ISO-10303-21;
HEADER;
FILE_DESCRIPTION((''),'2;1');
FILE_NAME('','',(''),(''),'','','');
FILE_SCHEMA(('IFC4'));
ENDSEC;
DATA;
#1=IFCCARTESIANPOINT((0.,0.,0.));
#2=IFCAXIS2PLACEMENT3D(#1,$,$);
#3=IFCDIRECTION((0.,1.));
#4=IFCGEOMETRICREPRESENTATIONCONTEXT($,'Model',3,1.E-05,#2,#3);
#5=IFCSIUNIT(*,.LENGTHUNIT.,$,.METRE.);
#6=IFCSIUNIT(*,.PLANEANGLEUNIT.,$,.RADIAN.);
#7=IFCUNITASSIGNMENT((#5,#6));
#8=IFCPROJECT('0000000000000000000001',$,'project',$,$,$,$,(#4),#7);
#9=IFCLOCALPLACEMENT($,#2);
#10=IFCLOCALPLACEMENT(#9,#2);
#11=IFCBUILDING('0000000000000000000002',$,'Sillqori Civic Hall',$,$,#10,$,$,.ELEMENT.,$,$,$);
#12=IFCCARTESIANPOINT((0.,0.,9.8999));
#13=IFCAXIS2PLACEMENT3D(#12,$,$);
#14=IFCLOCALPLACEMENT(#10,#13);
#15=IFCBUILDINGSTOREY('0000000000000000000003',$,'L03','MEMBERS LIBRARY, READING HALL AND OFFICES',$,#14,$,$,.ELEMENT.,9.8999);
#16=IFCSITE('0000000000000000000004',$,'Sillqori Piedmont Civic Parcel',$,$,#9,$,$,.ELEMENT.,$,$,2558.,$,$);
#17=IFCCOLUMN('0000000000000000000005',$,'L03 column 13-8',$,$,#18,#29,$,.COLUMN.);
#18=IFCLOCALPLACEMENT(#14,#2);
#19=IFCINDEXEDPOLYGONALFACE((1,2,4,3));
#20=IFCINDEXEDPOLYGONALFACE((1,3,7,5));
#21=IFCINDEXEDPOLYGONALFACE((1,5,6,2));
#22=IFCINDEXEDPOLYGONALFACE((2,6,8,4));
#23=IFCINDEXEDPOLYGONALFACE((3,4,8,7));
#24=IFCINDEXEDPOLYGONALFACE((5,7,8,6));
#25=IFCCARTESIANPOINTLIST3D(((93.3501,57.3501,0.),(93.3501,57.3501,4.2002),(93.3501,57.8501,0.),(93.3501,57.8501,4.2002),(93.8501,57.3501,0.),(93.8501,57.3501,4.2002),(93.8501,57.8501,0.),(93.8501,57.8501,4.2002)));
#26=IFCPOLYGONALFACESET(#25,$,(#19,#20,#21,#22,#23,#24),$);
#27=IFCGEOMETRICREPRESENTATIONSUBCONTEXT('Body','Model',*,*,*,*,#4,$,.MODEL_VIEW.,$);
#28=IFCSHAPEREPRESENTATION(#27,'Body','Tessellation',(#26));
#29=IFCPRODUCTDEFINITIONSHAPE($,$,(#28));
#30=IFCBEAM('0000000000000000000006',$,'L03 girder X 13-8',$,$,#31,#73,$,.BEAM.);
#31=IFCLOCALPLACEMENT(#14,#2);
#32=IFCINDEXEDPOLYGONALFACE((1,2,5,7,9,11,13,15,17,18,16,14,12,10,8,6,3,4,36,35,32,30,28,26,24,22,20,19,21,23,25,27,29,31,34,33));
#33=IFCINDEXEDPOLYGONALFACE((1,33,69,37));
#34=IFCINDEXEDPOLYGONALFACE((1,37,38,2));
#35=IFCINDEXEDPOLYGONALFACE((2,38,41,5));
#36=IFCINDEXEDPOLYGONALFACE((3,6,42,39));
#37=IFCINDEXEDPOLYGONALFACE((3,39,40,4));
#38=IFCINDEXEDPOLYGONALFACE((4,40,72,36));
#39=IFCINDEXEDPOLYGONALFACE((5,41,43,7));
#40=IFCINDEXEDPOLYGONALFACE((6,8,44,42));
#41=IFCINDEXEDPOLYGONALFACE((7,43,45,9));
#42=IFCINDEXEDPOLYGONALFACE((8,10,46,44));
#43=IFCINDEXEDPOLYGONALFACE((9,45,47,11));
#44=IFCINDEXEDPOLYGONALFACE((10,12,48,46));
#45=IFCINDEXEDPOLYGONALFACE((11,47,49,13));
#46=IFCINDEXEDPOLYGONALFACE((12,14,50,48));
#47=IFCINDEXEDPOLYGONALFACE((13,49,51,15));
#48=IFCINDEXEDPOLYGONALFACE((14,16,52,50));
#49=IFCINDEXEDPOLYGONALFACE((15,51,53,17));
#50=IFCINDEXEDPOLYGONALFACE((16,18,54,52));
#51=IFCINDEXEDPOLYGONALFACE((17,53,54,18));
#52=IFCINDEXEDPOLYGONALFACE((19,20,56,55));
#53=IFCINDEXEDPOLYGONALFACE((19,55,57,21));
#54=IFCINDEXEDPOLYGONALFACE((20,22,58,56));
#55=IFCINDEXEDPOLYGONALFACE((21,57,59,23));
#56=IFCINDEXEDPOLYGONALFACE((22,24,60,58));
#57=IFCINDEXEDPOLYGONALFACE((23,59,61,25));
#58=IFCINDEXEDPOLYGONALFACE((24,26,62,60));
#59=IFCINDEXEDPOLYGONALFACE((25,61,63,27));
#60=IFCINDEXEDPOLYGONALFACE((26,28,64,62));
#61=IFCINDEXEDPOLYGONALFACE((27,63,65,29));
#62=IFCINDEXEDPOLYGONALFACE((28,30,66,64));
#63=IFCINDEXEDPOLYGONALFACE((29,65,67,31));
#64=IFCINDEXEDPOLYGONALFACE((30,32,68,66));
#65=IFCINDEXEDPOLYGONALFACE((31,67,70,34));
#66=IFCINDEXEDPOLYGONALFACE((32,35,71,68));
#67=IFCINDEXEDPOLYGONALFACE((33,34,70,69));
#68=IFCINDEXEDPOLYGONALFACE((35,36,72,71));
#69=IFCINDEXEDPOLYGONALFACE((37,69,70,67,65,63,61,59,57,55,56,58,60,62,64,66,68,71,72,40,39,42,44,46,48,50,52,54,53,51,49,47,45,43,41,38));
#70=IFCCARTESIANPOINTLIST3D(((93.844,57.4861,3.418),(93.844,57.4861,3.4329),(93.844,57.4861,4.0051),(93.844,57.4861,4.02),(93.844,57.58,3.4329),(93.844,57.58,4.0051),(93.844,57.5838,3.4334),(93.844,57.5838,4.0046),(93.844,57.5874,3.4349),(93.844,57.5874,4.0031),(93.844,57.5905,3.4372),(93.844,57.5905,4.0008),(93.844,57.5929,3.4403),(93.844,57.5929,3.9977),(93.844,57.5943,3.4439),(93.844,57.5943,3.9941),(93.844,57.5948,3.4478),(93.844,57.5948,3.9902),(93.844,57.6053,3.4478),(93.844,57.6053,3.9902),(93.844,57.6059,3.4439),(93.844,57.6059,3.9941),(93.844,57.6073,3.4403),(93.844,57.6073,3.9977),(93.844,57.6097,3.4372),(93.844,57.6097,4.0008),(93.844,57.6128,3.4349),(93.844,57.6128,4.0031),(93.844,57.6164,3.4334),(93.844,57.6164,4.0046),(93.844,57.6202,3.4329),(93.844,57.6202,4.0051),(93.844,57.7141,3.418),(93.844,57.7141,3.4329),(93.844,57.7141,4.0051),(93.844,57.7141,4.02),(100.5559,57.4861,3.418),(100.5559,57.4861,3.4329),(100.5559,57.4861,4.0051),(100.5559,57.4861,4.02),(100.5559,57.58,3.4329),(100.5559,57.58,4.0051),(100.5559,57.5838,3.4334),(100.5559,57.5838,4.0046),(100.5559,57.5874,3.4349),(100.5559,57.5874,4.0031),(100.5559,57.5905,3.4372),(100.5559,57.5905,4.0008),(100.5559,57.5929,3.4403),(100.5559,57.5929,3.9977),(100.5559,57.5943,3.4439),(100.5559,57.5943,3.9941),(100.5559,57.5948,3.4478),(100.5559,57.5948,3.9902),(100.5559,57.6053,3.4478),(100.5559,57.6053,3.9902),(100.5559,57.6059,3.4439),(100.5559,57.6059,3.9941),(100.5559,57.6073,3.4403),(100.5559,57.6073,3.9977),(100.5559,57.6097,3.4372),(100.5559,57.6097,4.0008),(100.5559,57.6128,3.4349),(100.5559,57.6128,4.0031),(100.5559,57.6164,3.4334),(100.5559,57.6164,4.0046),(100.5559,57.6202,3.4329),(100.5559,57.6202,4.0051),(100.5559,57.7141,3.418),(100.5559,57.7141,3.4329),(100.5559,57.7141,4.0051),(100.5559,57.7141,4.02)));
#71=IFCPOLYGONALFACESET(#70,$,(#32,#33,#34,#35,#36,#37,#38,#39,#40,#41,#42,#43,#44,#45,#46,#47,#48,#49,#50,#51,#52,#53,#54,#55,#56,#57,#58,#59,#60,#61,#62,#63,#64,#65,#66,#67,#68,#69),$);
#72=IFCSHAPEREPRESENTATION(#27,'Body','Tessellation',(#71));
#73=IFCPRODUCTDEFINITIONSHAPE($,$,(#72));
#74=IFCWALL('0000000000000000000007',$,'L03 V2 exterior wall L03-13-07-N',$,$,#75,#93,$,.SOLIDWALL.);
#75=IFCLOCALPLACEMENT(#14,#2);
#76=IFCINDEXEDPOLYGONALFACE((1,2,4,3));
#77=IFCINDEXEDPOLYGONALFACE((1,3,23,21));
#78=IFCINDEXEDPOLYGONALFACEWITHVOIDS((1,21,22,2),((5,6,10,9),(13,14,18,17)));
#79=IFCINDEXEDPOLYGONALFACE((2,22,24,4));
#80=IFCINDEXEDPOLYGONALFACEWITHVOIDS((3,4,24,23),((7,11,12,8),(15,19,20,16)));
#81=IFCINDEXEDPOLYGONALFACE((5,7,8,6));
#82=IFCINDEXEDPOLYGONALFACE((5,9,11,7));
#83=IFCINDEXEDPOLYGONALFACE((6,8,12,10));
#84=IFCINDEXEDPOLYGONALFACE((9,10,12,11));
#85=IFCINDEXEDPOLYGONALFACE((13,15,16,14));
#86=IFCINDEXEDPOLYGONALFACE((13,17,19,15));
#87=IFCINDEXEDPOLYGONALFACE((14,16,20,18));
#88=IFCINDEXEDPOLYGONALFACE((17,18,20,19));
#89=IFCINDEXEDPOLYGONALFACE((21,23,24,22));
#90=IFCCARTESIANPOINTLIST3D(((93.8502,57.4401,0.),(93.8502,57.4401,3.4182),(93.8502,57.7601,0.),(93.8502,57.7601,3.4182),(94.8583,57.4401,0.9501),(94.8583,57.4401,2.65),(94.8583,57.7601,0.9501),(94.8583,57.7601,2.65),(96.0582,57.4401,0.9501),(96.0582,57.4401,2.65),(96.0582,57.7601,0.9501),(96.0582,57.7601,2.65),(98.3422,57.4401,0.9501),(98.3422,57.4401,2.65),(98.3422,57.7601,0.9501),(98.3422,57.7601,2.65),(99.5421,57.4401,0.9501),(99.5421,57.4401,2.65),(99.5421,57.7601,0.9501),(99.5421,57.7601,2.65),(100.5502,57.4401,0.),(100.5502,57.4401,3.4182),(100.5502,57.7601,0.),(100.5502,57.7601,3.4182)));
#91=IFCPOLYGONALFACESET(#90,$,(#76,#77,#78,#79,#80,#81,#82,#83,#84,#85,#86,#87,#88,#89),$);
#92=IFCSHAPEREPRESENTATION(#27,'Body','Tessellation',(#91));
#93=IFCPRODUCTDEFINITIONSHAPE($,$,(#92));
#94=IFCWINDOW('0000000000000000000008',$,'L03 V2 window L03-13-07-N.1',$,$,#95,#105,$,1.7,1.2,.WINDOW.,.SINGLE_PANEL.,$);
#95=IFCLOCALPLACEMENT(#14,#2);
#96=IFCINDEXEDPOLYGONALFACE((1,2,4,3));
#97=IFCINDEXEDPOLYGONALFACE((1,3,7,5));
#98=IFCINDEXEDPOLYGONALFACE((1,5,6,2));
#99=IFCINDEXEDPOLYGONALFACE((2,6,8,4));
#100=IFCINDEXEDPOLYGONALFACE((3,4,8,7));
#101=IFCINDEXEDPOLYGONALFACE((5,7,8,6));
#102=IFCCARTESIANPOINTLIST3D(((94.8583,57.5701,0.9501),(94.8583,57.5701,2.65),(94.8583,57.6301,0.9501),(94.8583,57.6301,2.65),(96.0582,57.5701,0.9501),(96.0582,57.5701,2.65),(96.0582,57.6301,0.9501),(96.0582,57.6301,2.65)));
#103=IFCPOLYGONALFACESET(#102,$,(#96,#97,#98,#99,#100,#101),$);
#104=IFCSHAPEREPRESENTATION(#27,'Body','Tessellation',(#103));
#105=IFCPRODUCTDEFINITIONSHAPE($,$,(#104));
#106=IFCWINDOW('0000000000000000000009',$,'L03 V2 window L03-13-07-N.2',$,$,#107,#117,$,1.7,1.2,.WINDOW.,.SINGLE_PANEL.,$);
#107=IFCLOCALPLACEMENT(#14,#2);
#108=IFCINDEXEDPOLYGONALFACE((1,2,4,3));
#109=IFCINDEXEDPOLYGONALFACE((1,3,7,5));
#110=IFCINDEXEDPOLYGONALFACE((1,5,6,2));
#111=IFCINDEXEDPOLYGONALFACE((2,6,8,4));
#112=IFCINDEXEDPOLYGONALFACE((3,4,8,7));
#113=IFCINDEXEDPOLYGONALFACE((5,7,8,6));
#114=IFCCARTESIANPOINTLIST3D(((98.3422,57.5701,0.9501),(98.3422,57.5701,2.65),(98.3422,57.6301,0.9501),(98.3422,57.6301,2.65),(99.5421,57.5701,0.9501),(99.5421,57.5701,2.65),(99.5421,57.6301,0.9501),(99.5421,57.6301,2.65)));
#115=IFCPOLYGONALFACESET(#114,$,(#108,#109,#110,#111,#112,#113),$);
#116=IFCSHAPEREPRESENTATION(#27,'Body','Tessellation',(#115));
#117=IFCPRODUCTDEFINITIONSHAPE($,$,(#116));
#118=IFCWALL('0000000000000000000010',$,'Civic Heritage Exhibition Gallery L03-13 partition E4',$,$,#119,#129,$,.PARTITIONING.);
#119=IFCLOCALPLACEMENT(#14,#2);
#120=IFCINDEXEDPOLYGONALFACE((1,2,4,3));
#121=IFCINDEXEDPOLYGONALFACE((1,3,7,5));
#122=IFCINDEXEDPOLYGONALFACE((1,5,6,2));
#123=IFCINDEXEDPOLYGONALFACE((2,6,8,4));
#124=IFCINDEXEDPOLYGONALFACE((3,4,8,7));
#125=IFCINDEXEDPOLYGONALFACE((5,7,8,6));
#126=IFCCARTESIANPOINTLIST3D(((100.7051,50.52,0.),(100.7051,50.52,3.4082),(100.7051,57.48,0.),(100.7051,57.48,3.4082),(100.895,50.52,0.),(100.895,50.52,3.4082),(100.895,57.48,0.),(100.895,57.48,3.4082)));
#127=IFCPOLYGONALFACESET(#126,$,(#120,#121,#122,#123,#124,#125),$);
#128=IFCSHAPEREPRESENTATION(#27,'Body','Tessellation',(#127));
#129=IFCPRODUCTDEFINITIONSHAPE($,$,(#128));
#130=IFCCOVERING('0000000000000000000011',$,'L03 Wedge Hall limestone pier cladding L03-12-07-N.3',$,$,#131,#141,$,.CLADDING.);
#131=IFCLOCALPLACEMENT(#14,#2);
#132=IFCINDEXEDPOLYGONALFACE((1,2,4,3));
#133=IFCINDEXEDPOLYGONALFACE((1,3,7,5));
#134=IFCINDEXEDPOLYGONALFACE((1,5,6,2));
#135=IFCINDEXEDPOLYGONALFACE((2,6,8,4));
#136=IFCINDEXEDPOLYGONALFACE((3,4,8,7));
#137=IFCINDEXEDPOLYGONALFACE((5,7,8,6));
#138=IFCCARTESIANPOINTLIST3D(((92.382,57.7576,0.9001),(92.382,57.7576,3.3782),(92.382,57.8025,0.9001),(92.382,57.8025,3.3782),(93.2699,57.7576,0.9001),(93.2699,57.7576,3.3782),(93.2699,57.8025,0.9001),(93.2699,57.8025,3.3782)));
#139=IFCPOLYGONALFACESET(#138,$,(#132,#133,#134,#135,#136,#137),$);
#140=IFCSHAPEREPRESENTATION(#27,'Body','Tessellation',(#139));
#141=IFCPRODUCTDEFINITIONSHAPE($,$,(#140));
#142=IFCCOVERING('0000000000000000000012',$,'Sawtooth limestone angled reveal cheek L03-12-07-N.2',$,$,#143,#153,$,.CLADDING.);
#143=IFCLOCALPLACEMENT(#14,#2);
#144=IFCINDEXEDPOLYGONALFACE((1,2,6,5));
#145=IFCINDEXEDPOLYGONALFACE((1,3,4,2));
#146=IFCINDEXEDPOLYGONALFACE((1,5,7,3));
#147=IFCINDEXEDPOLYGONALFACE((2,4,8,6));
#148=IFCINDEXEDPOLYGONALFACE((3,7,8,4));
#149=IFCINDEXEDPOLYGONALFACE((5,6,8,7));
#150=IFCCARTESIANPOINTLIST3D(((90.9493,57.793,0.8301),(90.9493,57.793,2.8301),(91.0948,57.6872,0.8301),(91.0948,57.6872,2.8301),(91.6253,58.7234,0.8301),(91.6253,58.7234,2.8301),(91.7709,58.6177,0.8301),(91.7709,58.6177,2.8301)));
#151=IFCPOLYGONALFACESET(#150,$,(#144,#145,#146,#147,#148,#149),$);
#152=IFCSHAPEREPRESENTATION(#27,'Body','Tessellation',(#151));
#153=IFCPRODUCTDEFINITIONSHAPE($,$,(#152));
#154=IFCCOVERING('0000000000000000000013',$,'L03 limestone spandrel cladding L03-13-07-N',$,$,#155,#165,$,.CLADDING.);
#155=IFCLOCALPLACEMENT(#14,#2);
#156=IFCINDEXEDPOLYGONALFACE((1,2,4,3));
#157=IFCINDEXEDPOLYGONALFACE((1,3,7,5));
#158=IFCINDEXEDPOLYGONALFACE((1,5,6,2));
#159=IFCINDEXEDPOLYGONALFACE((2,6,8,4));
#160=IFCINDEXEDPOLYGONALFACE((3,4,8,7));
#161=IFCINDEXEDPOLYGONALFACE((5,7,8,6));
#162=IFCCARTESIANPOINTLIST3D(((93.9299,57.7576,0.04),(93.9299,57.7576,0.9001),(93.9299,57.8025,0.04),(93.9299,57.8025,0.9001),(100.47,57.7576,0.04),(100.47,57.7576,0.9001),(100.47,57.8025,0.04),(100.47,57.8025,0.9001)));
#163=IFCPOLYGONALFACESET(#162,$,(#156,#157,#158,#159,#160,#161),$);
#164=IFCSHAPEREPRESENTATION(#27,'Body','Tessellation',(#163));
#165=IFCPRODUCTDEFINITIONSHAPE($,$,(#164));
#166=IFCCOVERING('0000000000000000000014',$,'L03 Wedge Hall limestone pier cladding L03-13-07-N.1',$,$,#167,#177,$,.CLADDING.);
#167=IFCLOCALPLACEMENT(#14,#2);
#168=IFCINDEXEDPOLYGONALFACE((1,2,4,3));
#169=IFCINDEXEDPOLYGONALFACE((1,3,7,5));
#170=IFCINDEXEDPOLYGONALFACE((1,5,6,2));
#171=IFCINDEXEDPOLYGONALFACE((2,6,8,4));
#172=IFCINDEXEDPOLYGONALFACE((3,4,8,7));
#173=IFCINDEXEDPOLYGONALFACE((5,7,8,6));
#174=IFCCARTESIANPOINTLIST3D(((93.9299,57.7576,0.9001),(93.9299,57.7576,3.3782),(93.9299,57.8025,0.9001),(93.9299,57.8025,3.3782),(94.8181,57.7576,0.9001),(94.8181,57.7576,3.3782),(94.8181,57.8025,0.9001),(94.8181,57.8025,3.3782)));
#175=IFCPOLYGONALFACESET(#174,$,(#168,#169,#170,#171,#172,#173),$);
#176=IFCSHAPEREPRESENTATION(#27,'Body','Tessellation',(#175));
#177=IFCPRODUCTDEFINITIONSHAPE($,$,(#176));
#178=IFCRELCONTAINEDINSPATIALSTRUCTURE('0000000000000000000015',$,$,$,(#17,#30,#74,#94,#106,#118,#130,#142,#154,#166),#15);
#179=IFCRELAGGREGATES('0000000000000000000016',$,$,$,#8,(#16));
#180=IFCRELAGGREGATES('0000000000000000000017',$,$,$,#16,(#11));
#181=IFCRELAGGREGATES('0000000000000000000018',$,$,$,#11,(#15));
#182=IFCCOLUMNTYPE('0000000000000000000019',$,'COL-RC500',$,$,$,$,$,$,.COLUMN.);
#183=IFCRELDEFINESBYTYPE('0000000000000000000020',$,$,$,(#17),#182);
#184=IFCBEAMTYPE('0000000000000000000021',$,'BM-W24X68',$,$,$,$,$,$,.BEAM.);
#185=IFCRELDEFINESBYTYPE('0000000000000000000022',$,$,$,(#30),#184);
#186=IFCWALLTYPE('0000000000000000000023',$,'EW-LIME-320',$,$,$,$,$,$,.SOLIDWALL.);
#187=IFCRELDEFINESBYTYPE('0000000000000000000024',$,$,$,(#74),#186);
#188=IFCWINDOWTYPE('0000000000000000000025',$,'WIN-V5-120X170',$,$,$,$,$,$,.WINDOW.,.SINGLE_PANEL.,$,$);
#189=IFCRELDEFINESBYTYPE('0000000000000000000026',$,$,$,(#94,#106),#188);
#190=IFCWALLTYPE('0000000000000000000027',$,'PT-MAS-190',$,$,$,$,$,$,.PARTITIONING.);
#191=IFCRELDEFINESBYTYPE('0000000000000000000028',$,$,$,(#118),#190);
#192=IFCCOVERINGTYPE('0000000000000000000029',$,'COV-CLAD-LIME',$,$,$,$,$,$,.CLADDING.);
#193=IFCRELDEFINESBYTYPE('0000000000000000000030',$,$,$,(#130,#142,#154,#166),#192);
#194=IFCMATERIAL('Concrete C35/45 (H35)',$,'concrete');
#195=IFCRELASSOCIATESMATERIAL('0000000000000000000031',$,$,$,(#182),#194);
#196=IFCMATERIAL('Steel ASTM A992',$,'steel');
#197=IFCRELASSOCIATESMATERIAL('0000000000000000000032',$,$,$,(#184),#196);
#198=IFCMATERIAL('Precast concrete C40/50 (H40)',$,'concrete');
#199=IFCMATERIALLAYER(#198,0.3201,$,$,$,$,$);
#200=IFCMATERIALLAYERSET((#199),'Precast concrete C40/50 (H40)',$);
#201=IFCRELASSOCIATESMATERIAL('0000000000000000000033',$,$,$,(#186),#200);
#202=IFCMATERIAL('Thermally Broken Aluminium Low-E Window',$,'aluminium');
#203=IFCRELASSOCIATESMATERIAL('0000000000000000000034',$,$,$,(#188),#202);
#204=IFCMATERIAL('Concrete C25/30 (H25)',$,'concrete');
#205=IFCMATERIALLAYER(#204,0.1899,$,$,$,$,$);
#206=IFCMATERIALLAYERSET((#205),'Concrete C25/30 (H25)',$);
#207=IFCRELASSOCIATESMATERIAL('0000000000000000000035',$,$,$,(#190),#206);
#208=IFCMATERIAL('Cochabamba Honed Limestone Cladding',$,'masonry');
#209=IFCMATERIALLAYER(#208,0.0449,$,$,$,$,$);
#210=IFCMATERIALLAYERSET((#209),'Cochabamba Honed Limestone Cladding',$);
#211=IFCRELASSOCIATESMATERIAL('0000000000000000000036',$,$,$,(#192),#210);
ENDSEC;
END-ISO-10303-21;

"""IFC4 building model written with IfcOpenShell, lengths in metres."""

from ifc_helpers import new_model, si_unit, direction, frame, frame_2d, origin, origin_2d, place, context, subcontext, project, spatial, rectangle, i_section, extrude, material, layer, layer_set, material_profile, profile_set, type_object, element, fill, save


model = new_model("IFC4")

# Units and contexts
model_context = context("Model", 3, precision=1e-05, world=origin(), true_north=direction((0.0, 1.0)))
body_context = subcontext(model_context, "Body", "Model", "MODEL_VIEW")
ifc_project = project(units=[si_unit("LENGTHUNIT", "METRE"), si_unit("PLANEANGLEUNIT", "RADIAN")], contexts=[model_context])

# Site, building, storey
site_placement = place(None, origin())
site = spatial("IfcSite", under=ifc_project, at=site_placement, Name="Sillqori Piedmont Civic Parcel", CompositionType="ELEMENT", RefElevation=2558.0)
building_placement = place(site_placement, origin())
building = spatial("IfcBuilding", under=site, at=building_placement, Name="Sillqori Civic Hall", CompositionType="ELEMENT")
storey_placement = place(building_placement, frame((0.0, 0.0, 9.8999)))
storey = spatial("IfcBuildingStorey", under=building, at=storey_placement, Name="L03", Description="MEMBERS LIBRARY, READING HALL AND OFFICES", CompositionType="ELEMENT", Elevation=9.8999)

# Column
ifc_material_1 = material(Name="Concrete C35/45 (H35)", Category="concrete")
ifc_material_profile_1 = material_profile(ifc_material_1, rectangle(XDim=0.5, YDim=0.5, at=origin_2d()), Name="RC 500x500")
ifc_profile_set_1 = profile_set([ifc_material_profile_1], Name="Concrete C35/45 (H35)")
column_type = type_object("IfcColumnType", Name="COL-RC500", PredefinedType="COLUMN", material=ifc_profile_set_1)
column_placement = place(storey_placement, frame((93.6001, 57.6001, 0.0), z_axis=(0.0, 0.0, 1.0), x_axis=(1.0, 0.0, 0.0)))
element("IfcColumn", 1, at=column_placement, inside=storey, type_object=column_type, Name="L03 column 13-8", PredefinedType="COLUMN", context=body_context, shape_type="SweptSolid", body=[
    extrude(rectangle(XDim=0.5, YDim=0.5, at=origin_2d()), origin(), (0.0, 0.0, 1.0), 4.2002),
])

# Beam
ifc_material_2 = material(Name="Steel ASTM A992", Category="steel")
ifc_material_profile_2 = material_profile(ifc_material_2, i_section(OverallWidth=0.228, OverallDepth=0.6021, WebThickness=0.0105, FlangeThickness=0.0149, FilletRadius=0.0149, at=origin_2d()), Name="W24X68")
ifc_profile_set_2 = profile_set([ifc_material_profile_2], Name="Steel ASTM A992")
beam_type = type_object("IfcBeamType", Name="BM-W24X68", PredefinedType="BEAM", material=ifc_profile_set_2)
beam_placement = place(storey_placement, frame((93.844, 57.6001, 3.719), z_axis=(1.0, 0.0, 0.0), x_axis=(0.0, 1.0, 0.0)))
element("IfcBeam", 2, at=beam_placement, inside=storey, type_object=beam_type, Name="L03 girder X 13-8", PredefinedType="BEAM", context=body_context, shape_type="SweptSolid", body=[
    extrude(i_section(OverallWidth=0.228, OverallDepth=0.6021, WebThickness=0.0105, FlangeThickness=0.0149, FilletRadius=0.0149, at=origin_2d()), origin(), (0.0, 0.0, 1.0), 6.7119),
])

# Wall, openings, windows
ifc_material_3 = material(Name="Precast concrete C40/50 (H40)", Category="concrete")
ifc_layer_1 = layer(ifc_material_3, 0.3201)
ifc_layer_set_1 = layer_set([ifc_layer_1], Name="Precast concrete C40/50 (H40)")
wall_type_1 = type_object("IfcWallType", Name="EW-LIME-320", PredefinedType="SOLIDWALL", material=ifc_layer_set_1)
wall_1_placement = place(storey_placement, frame((93.8501, 57.6001, 0.0), z_axis=(0.0, 0.0, 1.0), x_axis=(1.0, 0.0, 0.0)))
wall_1 = element("IfcWall", 3, at=wall_1_placement, inside=storey, type_object=wall_type_1, Name="L03 V2 exterior wall L03-13-07-N", PredefinedType="SOLIDWALL", context=body_context, shape_type="SweptSolid", body=[
    extrude(rectangle(XDim=6.7, YDim=0.3201, at=frame_2d((3.3501, 0.0))), origin(), (0.0, 0.0, 1.0), 3.4182),
])
opening_1_placement = place(wall_1_placement, frame((1.0081, 0.0, 0.95)))
opening_1 = element("IfcOpeningElement", 4, at=opening_1_placement, cuts=wall_1, PredefinedType="OPENING", context=body_context, shape_type="SweptSolid", body=[
    extrude(rectangle(XDim=1.2, YDim=1.7, at=frame_2d((0.6001, 0.8501))), frame((0.0, 0.1699, 0.0), z_axis=(0.0, -1.0, 0.0), x_axis=(1.0, 0.0, 0.0)), (0.0, 0.0, 1.0), 0.3401),
])
opening_2_placement = place(wall_1_placement, frame((4.4919, 0.0, 0.95)))
opening_2 = element("IfcOpeningElement", 5, at=opening_2_placement, cuts=wall_1, PredefinedType="OPENING", context=body_context, shape_type="SweptSolid", body=[
    extrude(rectangle(XDim=1.2, YDim=1.7, at=frame_2d((0.6001, 0.8501))), frame((0.0, 0.1699, 0.0), z_axis=(0.0, -1.0, 0.0), x_axis=(1.0, 0.0, 0.0)), (0.0, 0.0, 1.0), 0.3401),
])
ifc_material_4 = material(Name="Thermally Broken Aluminium Low-E Window", Category="aluminium")
window_type = type_object("IfcWindowType", Name="WIN-V5-120X170", PartitioningType="SINGLE_PANEL", PredefinedType="WINDOW", material=ifc_material_4)
window_1_placement = place(opening_1_placement, origin())
window_1 = element("IfcWindow", 6, at=window_1_placement, inside=storey, type_object=window_type, Name="L03 V2 window L03-13-07-N.1", OverallHeight=1.7, OverallWidth=1.2, PartitioningType="SINGLE_PANEL", PredefinedType="WINDOW", context=body_context, shape_type="SweptSolid", body=[
    extrude(rectangle(XDim=1.2, YDim=1.7, at=frame_2d((0.6001, 0.8501))), frame((0.0, 0.03, 0.0), z_axis=(0.0, -1.0, 0.0), x_axis=(1.0, 0.0, 0.0)), (0.0, 0.0, 1.0), 0.0601),
])
fill(opening_1, window_1)
window_2_placement = place(opening_2_placement, origin())
window_2 = element("IfcWindow", 7, at=window_2_placement, inside=storey, type_object=window_type, Name="L03 V2 window L03-13-07-N.2", OverallHeight=1.7, OverallWidth=1.2, PartitioningType="SINGLE_PANEL", PredefinedType="WINDOW", context=body_context, shape_type="SweptSolid", body=[
    extrude(rectangle(XDim=1.2, YDim=1.7, at=frame_2d((0.6001, 0.8501))), frame((0.0, 0.03, 0.0), z_axis=(0.0, -1.0, 0.0), x_axis=(1.0, 0.0, 0.0)), (0.0, 0.0, 1.0), 0.0601),
])
fill(opening_2, window_2)

# Wall
ifc_material_5 = material(Name="Concrete C25/30 (H25)", Category="concrete")
ifc_layer_2 = layer(ifc_material_5, 0.1899)
ifc_layer_set_2 = layer_set([ifc_layer_2], Name="Concrete C25/30 (H25)")
wall_type_2 = type_object("IfcWallType", Name="PT-MAS-190", PredefinedType="PARTITIONING", material=ifc_layer_set_2)
wall_2_placement = place(storey_placement, frame((100.8, 57.48, 0.0), z_axis=(0.0, 0.0, 1.0), x_axis=(0.0, -1.0, 0.0)))
element("IfcWall", 8, at=wall_2_placement, inside=storey, type_object=wall_type_2, Name="Civic Heritage Exhibition Gallery L03-13 partition E4", PredefinedType="PARTITIONING", context=body_context, shape_type="SweptSolid", body=[
    extrude(rectangle(XDim=6.96, YDim=0.1899, at=frame_2d((3.48, 0.0))), origin(), (0.0, 0.0, 1.0), 3.4082),
])

# Coverings
ifc_material_6 = material(Name="Cochabamba Honed Limestone Cladding", Category="masonry")
ifc_layer_3 = layer(ifc_material_6, 0.0449)
ifc_layer_set_3 = layer_set([ifc_layer_3], Name="Cochabamba Honed Limestone Cladding")
covering_type = type_object("IfcCoveringType", Name="COV-CLAD-LIME", PredefinedType="CLADDING", material=ifc_layer_set_3)
covering_1_placement = place(storey_placement, frame((92.3821, 57.78, 0.9001), z_axis=(0.0, 0.0, 1.0), x_axis=(1.0, 0.0, 0.0)))
element("IfcCovering", 9, at=covering_1_placement, inside=storey, type_object=covering_type, Name="L03 Wedge Hall limestone pier cladding L03-12-07-N.3", PredefinedType="CLADDING", context=body_context, shape_type="SweptSolid", body=[
    extrude(rectangle(XDim=0.8879, YDim=0.0449, at=frame_2d((0.4438, 0.0))), origin(), (0.0, 0.0, 1.0), 2.478),
])
covering_2_placement = place(storey_placement, frame((91.022, 57.74, 0.8301), z_axis=(0.0, 0.0, 1.0), x_axis=(0.587806, 0.809002, 0.0)))
element("IfcCovering", 10, at=covering_2_placement, inside=storey, type_object=covering_type, Name="Sawtooth limestone angled reveal cheek L03-12-07-N.2", PredefinedType="CLADDING", context=body_context, shape_type="SweptSolid", body=[
    extrude(rectangle(XDim=1.1501, YDim=0.1799, at=frame_2d((0.5752, 0.0))), origin(), (0.0, 0.0, 1.0), 2.0),
])
covering_3_placement = place(storey_placement, frame((93.9299, 57.78, 0.04), z_axis=(0.0, 0.0, 1.0), x_axis=(1.0, 0.0, 0.0)))
element("IfcCovering", 11, at=covering_3_placement, inside=storey, type_object=covering_type, Name="L03 limestone spandrel cladding L03-13-07-N", PredefinedType="CLADDING", context=body_context, shape_type="SweptSolid", body=[
    extrude(rectangle(XDim=6.54, YDim=0.0449, at=frame_2d((3.27, 0.0))), origin(), (0.0, 0.0, 1.0), 0.8601),
])
covering_4_placement = place(storey_placement, frame((93.9299, 57.78, 0.9001), z_axis=(0.0, 0.0, 1.0), x_axis=(1.0, 0.0, 0.0)))
element("IfcCovering", 12, at=covering_4_placement, inside=storey, type_object=covering_type, Name="L03 Wedge Hall limestone pier cladding L03-13-07-N.1", PredefinedType="CLADDING", context=body_context, shape_type="SweptSolid", body=[
    extrude(rectangle(XDim=0.8882, YDim=0.0449, at=frame_2d((0.4441, 0.0))), origin(), (0.0, 0.0, 1.0), 2.478),
])

save(model, "model.ifc")
